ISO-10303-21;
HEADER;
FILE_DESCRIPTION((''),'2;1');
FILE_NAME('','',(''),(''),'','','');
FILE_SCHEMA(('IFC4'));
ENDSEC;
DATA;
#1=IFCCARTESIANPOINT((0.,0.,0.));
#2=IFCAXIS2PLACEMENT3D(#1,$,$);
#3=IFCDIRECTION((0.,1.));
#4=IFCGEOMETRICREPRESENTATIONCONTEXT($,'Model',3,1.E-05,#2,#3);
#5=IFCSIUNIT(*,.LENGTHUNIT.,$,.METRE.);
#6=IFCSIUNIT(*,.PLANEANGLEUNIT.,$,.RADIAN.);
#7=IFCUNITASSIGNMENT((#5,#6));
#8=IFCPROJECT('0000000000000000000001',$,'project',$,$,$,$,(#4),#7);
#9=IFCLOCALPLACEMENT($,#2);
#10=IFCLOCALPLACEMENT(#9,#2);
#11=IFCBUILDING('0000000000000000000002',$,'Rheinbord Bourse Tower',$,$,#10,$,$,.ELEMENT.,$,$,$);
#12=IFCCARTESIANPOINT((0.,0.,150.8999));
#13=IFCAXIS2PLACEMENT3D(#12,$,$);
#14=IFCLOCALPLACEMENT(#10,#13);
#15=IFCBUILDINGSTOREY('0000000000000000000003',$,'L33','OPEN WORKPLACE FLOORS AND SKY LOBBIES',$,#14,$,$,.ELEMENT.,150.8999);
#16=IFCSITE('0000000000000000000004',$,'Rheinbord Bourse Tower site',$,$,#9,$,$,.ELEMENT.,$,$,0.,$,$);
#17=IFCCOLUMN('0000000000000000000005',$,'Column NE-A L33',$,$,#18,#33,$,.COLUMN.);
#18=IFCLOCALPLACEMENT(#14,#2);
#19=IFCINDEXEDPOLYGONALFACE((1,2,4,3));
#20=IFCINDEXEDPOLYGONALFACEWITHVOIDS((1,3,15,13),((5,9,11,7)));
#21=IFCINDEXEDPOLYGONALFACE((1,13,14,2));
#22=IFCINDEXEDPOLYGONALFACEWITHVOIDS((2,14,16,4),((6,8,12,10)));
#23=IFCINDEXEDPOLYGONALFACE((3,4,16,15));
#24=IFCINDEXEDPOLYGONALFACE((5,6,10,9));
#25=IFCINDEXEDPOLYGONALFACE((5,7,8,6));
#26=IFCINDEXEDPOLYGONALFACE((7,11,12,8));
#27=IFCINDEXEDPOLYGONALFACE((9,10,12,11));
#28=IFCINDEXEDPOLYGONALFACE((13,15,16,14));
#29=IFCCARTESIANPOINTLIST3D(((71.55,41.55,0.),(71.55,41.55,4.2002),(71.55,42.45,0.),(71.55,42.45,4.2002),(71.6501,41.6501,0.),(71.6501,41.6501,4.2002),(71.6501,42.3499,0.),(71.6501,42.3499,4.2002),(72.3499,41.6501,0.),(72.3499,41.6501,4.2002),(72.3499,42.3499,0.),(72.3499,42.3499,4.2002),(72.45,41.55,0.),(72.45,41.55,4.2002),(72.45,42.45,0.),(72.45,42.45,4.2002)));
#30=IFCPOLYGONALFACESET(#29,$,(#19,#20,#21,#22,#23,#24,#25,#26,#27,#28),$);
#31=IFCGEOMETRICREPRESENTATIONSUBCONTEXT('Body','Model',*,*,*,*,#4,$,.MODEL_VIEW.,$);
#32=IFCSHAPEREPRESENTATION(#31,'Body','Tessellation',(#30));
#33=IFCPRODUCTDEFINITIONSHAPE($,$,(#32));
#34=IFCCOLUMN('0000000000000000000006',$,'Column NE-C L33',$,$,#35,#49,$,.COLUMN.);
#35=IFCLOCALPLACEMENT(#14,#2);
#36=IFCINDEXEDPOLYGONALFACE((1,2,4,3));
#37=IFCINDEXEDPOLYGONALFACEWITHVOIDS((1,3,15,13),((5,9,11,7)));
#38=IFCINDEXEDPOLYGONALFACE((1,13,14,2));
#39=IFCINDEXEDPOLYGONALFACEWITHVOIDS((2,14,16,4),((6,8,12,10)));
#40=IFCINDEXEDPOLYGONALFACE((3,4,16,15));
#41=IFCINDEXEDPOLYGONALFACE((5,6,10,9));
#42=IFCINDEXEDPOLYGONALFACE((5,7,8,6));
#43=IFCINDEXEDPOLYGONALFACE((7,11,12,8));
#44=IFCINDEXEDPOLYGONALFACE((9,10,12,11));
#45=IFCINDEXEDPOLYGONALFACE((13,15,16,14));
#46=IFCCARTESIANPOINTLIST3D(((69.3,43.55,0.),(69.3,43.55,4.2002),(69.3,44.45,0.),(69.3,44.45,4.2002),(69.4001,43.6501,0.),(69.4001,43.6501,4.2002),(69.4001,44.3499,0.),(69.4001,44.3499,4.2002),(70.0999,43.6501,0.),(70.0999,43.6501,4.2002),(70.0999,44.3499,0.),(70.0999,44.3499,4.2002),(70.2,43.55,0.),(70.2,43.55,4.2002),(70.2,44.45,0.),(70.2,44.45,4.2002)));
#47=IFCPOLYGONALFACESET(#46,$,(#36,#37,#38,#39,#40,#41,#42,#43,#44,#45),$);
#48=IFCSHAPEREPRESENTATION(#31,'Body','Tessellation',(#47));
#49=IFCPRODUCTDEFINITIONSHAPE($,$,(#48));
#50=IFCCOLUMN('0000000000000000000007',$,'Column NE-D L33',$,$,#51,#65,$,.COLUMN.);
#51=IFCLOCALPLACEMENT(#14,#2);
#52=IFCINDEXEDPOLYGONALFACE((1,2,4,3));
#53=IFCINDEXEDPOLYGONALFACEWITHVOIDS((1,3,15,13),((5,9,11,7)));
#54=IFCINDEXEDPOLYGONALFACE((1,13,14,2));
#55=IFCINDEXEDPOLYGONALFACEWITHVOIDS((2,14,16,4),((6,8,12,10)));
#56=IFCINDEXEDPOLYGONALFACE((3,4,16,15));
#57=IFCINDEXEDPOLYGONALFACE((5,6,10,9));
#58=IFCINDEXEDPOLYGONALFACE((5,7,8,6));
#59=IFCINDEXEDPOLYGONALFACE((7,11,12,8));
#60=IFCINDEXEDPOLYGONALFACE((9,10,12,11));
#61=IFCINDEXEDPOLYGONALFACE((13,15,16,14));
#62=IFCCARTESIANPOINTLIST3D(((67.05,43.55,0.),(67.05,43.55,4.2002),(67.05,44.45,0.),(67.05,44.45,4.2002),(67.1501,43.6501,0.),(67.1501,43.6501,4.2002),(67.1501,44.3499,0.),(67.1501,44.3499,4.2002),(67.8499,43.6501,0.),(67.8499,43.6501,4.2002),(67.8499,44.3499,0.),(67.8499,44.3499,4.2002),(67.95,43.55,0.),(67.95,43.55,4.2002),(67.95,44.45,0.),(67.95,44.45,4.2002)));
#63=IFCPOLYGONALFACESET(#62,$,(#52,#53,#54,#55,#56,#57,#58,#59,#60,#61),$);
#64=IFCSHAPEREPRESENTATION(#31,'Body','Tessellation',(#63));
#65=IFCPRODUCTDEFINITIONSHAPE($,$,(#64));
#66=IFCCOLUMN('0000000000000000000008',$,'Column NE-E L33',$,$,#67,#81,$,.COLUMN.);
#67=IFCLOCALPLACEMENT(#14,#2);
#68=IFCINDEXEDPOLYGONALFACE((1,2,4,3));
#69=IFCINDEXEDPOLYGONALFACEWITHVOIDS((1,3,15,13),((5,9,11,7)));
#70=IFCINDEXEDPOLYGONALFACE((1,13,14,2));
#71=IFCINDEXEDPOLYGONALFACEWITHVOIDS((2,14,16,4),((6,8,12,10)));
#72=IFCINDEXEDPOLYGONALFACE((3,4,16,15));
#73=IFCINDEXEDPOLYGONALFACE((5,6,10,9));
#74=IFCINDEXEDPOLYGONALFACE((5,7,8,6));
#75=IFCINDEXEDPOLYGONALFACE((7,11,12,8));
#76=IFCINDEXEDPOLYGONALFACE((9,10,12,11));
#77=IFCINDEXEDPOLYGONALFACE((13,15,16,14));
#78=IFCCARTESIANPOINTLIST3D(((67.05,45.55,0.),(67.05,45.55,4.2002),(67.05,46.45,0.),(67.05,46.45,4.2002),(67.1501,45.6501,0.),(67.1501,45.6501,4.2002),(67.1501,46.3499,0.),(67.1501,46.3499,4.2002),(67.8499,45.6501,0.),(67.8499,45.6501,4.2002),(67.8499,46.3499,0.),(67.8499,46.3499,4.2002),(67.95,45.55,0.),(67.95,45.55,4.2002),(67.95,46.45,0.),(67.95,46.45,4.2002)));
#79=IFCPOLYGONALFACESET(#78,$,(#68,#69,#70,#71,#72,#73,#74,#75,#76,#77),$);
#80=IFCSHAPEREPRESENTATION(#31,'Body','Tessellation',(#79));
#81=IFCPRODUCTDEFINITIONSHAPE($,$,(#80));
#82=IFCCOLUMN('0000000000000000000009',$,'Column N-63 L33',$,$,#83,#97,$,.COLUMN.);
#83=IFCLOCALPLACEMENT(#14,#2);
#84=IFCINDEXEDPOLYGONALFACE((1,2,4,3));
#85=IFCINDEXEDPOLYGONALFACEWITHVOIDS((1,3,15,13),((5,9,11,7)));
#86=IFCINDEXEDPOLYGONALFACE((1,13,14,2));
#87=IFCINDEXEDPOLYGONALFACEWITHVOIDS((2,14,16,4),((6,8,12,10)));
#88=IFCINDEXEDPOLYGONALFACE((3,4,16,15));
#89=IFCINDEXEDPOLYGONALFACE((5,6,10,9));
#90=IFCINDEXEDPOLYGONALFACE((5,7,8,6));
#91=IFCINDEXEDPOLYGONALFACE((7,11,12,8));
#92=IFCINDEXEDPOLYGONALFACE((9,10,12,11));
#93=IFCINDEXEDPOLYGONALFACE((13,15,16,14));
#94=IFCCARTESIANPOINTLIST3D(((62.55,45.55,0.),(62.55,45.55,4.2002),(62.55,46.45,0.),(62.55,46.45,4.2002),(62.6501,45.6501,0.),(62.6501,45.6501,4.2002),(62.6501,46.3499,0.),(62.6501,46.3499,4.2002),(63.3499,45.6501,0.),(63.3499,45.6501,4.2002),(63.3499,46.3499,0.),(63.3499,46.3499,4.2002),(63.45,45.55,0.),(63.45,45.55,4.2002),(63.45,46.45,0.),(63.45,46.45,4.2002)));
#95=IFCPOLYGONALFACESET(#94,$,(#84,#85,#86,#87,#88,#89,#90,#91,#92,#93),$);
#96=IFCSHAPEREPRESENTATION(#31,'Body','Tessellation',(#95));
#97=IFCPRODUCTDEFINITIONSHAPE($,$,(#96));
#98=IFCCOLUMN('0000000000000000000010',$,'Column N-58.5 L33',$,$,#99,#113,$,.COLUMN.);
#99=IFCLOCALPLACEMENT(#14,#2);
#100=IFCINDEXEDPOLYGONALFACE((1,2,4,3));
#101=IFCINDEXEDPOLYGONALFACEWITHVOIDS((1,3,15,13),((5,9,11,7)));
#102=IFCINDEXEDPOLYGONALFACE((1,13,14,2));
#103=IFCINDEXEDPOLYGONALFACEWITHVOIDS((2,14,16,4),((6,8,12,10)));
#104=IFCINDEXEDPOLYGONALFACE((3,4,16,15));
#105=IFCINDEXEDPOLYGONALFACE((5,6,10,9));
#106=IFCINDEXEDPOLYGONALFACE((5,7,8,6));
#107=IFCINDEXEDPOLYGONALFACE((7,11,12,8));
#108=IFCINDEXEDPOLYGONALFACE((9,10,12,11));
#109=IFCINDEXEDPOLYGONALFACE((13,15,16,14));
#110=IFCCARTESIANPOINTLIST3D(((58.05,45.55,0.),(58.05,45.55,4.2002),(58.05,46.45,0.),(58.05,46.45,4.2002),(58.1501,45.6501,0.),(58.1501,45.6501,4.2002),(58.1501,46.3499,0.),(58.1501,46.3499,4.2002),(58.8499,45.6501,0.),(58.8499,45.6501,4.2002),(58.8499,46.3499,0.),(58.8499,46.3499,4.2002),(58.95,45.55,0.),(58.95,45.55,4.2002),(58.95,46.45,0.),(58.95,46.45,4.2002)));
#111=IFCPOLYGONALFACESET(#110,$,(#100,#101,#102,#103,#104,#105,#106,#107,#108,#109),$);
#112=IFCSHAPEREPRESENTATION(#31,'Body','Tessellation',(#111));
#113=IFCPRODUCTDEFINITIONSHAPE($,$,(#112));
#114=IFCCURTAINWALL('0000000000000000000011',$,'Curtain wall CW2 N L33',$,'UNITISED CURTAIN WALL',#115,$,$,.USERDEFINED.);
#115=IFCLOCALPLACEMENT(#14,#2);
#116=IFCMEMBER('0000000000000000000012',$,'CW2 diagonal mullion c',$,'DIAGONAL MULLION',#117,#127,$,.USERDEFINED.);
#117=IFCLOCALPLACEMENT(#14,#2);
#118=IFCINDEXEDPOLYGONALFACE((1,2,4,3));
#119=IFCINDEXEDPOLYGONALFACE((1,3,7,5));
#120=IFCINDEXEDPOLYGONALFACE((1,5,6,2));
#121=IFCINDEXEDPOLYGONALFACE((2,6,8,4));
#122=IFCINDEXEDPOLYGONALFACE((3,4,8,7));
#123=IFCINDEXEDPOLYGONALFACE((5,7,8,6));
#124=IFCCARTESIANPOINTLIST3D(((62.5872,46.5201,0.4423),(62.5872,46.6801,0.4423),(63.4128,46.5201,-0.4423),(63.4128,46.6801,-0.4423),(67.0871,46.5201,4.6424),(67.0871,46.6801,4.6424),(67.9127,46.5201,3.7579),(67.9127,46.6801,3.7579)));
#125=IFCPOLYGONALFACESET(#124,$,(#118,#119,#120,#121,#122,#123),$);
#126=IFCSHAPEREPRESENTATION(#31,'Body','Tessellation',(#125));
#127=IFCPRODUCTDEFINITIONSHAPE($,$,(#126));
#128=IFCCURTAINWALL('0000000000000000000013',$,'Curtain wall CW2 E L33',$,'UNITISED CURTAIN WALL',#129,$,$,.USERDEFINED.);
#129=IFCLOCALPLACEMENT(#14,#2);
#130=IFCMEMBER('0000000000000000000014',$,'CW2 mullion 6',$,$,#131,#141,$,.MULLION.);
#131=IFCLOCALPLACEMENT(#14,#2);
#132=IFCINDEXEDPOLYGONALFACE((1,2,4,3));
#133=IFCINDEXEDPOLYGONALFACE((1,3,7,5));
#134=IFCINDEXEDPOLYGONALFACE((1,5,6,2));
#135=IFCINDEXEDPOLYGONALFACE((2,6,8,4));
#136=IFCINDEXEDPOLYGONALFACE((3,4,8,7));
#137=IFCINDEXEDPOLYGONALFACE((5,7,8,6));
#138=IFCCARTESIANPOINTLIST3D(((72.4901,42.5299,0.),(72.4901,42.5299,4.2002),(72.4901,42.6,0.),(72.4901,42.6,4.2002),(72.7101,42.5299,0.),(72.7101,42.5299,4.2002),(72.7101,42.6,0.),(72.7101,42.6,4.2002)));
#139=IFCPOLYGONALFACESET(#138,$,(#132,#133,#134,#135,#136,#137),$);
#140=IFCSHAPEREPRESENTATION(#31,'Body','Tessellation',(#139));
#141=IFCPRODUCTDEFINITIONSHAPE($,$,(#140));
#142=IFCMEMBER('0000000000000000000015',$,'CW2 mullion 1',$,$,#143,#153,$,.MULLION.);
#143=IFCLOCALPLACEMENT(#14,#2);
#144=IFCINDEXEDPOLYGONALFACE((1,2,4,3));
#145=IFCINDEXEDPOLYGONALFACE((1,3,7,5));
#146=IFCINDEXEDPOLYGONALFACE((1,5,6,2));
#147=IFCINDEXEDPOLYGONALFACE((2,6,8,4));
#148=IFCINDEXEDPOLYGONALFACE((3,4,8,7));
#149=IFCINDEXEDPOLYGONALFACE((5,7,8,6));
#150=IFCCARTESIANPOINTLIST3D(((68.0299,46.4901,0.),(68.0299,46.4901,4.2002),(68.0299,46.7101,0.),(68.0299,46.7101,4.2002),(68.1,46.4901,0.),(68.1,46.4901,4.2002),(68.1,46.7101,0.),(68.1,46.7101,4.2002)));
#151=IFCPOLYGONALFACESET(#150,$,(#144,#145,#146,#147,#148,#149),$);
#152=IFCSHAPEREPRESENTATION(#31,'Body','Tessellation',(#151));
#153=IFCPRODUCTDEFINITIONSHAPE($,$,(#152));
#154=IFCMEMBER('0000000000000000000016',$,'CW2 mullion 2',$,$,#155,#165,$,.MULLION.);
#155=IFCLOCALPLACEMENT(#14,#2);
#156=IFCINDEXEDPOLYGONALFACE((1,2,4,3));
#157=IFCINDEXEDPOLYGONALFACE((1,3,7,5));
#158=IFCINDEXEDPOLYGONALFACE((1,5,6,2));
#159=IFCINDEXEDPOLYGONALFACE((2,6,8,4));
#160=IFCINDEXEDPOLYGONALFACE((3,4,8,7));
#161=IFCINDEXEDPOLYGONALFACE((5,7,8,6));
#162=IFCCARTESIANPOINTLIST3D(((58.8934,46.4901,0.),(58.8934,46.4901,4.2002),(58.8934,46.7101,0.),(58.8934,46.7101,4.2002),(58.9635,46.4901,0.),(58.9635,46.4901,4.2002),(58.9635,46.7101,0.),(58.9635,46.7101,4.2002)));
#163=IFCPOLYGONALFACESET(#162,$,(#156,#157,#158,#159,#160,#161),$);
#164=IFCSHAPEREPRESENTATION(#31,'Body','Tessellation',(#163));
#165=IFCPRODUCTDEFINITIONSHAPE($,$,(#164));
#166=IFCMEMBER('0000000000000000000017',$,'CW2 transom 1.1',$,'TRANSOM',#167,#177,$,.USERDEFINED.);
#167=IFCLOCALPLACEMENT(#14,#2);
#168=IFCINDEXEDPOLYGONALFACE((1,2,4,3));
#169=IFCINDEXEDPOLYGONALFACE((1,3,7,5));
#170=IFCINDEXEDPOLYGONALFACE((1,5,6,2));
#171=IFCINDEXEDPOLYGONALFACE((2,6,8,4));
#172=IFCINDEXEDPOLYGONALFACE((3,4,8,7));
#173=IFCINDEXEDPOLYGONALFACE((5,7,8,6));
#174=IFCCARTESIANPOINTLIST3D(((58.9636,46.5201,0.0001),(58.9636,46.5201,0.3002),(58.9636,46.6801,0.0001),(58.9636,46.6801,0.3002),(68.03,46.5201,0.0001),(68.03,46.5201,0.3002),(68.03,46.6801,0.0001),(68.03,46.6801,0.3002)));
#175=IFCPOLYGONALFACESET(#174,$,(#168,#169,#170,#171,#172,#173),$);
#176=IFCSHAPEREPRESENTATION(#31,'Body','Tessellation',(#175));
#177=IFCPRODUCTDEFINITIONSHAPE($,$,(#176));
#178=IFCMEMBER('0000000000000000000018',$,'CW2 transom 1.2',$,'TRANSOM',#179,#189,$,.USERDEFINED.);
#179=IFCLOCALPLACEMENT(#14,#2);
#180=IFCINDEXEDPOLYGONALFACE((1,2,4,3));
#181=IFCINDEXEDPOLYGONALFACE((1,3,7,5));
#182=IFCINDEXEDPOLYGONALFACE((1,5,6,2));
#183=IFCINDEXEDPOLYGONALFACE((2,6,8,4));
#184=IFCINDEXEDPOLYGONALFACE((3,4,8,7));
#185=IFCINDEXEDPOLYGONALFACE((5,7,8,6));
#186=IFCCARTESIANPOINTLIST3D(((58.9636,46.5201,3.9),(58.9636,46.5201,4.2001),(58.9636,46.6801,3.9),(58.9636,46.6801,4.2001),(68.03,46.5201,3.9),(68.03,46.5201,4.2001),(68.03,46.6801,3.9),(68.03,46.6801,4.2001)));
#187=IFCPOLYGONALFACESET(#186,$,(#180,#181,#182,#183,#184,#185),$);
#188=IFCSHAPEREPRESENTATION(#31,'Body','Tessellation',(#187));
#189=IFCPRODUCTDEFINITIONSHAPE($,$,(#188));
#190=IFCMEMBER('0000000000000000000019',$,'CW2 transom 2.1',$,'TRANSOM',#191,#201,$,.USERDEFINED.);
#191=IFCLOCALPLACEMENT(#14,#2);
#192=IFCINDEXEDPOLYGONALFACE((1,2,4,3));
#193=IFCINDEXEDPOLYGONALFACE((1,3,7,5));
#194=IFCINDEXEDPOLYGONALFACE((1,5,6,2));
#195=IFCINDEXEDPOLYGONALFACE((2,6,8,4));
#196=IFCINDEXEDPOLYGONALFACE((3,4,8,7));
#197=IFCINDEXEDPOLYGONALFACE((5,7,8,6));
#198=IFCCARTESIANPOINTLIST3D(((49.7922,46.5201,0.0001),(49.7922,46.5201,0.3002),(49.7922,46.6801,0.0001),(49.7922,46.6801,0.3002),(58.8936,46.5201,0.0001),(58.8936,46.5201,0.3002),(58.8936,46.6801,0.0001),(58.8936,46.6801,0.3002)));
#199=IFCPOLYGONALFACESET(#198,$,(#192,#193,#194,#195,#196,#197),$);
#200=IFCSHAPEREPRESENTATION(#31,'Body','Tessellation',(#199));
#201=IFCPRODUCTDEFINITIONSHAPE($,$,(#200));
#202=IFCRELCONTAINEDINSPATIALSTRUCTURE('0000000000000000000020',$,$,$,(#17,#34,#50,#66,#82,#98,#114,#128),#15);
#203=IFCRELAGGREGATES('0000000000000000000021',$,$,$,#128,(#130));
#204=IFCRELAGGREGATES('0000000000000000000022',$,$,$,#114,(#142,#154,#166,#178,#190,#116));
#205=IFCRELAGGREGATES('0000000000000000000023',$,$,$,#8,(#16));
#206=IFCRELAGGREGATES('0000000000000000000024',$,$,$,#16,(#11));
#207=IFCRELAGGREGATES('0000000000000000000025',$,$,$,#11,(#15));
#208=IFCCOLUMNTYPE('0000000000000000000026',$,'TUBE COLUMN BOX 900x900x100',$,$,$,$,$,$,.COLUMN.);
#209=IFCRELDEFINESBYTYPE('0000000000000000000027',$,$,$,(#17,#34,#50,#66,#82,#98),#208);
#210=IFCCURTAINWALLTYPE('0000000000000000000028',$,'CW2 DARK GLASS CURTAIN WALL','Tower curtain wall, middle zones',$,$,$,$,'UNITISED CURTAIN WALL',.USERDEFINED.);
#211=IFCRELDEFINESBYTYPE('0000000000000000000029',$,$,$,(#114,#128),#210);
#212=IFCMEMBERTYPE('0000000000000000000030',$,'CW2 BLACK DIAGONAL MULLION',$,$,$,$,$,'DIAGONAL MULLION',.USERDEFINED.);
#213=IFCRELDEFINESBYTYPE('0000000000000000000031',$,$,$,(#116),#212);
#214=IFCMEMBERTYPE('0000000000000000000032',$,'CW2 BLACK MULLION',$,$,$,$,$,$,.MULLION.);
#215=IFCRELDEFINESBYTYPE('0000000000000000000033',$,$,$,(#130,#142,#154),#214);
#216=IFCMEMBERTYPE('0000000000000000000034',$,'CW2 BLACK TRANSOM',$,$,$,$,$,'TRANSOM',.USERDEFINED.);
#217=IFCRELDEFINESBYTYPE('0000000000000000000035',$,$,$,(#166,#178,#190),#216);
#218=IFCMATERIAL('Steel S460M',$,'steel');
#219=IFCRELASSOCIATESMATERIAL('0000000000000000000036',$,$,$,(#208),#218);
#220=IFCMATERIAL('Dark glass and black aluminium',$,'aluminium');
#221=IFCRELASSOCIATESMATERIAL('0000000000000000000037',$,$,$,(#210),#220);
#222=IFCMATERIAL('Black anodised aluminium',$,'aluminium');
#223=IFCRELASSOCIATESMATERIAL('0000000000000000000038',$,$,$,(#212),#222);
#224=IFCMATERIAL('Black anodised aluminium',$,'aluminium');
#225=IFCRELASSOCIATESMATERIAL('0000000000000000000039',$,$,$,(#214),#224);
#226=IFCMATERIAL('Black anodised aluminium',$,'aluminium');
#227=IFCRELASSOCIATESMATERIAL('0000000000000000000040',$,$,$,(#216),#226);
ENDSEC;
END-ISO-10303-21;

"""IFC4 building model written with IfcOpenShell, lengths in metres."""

from ifc_helpers import new_model, si_unit, direction, frame, origin, origin_2d, place, context, subcontext, project, spatial, rectangle, hollow_rectangle, extrude, material, material_profile, profile_set, type_object, element, aggregate, save


model = new_model("IFC4")

# Units and contexts
model_context = context("Model", 3, precision=1e-05, world=origin(), true_north=direction((0.0, 1.0)))
body_context = subcontext(model_context, "Body", "Model", "MODEL_VIEW")
ifc_project = project(units=[si_unit("LENGTHUNIT", "METRE"), si_unit("PLANEANGLEUNIT", "RADIAN")], contexts=[model_context])

# Site, building, storey
site_placement = place(None, origin())
site = spatial("IfcSite", under=ifc_project, at=site_placement, Name="Rheinbord Bourse Tower site", CompositionType="ELEMENT", RefElevation=0.0)
building_placement = place(site_placement, origin())
building = spatial("IfcBuilding", under=site, at=building_placement, Name="Rheinbord Bourse Tower", CompositionType="ELEMENT")
storey_placement = place(building_placement, frame((0.0, 0.0, 150.8999)))
storey = spatial("IfcBuildingStorey", under=building, at=storey_placement, Name="L33", Description="OPEN WORKPLACE FLOORS AND SKY LOBBIES", CompositionType="ELEMENT", Elevation=150.8999)

# Columns
ifc_material_1 = material(Name="Steel S460M", Category="steel")
ifc_material_profile_1 = material_profile(ifc_material_1, hollow_rectangle(XDim=0.8999, YDim=0.8999, WallThickness=0.1001, at=origin_2d()), Name="BOX 900x900x100")
ifc_profile_set_1 = profile_set([ifc_material_profile_1], Name="Steel S460M")
column_type = type_object("IfcColumnType", Name="TUBE COLUMN BOX 900x900x100", PredefinedType="COLUMN", material=ifc_profile_set_1)
for number, where, z_axis, x_axis, name in (
    (1, (72.0, 42.0, 0.0), (0.0, 0.0, 1.0), (1.0, 0.0, 0.0), "Column NE-A L33"),
    (2, (69.75, 44.0, 0.0), (0.0, 0.0, 1.0), (1.0, 0.0, 0.0), "Column NE-C L33"),
    (3, (67.5, 44.0, 0.0), (0.0, 0.0, 1.0), (0.0, 1.0, 0.0), "Column NE-D L33"),
    (4, (67.5, 46.0, 0.0), (0.0, 0.0, 1.0), (0.0, 1.0, 0.0), "Column NE-E L33"),
    (5, (63.0, 46.0, 0.0), (0.0, 0.0, 1.0), (0.0, 1.0, 0.0), "Column N-63 L33"),
    (6, (58.5, 46.0, 0.0), (0.0, 0.0, 1.0), (0.0, 1.0, 0.0), "Column N-58.5 L33"),
):
    element("IfcColumn", number, at=place(storey_placement, frame(where, z_axis=z_axis, x_axis=x_axis)), inside=storey, type_object=column_type, Name=name, PredefinedType="COLUMN", context=body_context, shape_type="SweptSolid", body=[
        extrude(hollow_rectangle(XDim=0.8999, YDim=0.8999, WallThickness=0.1001, at=origin_2d()), origin(), (0.0, 0.0, 1.0), 4.2002),
    ])

# Curtain walls, members
ifc_material_2 = material(Name="Dark glass and black aluminium", Category="aluminium")
curtain_wall_type = type_object("IfcCurtainWallType", Name="CW2 DARK GLASS CURTAIN WALL", Description="Tower curtain wall, middle zones", ElementType="UNITISED CURTAIN WALL", PredefinedType="USERDEFINED", material=ifc_material_2)
curtain_wall_1_placement = place(storey_placement, origin())
curtain_wall_1 = element("IfcCurtainWall", 7, at=curtain_wall_1_placement, inside=storey, type_object=curtain_wall_type, Name="Curtain wall CW2 N L33", ObjectType="UNITISED CURTAIN WALL", PredefinedType="USERDEFINED")
ifc_material_3 = material(Name="Black anodised aluminium", Category="aluminium")
ifc_material_profile_2 = material_profile(ifc_material_3, rectangle(XDim=0.1599, YDim=1.21, at=origin_2d()), Name="CW2 DIAGONAL MULLION 1210x160")
ifc_profile_set_2 = profile_set([ifc_material_profile_2], Name="Black anodised aluminium")
member_type_1 = type_object("IfcMemberType", Name="CW2 BLACK DIAGONAL MULLION", ElementType="DIAGONAL MULLION", PredefinedType="USERDEFINED", material=ifc_profile_set_2)
member_1_placement = place(storey_placement, frame((63.0, 46.6001, 0.0), z_axis=(0.731039, 0.0, 0.682335), x_axis=(0.0, 1.0, 0.0)))
member_1 = element("IfcMember", 8, at=member_1_placement, type_object=member_type_1, Name="CW2 diagonal mullion c", ObjectType="DIAGONAL MULLION", PredefinedType="USERDEFINED", context=body_context, shape_type="SweptSolid", body=[
    extrude(rectangle(XDim=0.1599, YDim=1.21, at=origin_2d()), origin(), (0.0, 0.0, 1.0), 6.1555),
])
curtain_wall_2_placement = place(storey_placement, origin())
curtain_wall_2 = element("IfcCurtainWall", 9, at=curtain_wall_2_placement, inside=storey, type_object=curtain_wall_type, Name="Curtain wall CW2 E L33", ObjectType="UNITISED CURTAIN WALL", PredefinedType="USERDEFINED")
ifc_material_4 = material(Name="Black anodised aluminium", Category="aluminium")
ifc_material_profile_3 = material_profile(ifc_material_4, rectangle(XDim=0.22, YDim=0.0701, at=origin_2d()), Name="CW2 MULLION 70x220")
ifc_profile_set_3 = profile_set([ifc_material_profile_3], Name="Black anodised aluminium")
member_type_2 = type_object("IfcMemberType", Name="CW2 BLACK MULLION", PredefinedType="MULLION", material=ifc_profile_set_3)
member_2_placement = place(storey_placement, frame((72.6001, 42.5649, 0.0), z_axis=(0.0, 0.0, 1.0), x_axis=(-1.0, 0.0, 0.0)))
member_2 = element("IfcMember", 10, at=member_2_placement, type_object=member_type_2, Name="CW2 mullion 6", PredefinedType="MULLION", context=body_context, shape_type="SweptSolid", body=[
    extrude(rectangle(XDim=0.22, YDim=0.0701, at=origin_2d()), origin(), (0.0, 0.0, 1.0), 4.2002),
])

# Members
member_3_placement = place(storey_placement, frame((68.0649, 46.6001, 0.0), z_axis=(0.0, 0.0, 1.0), x_axis=(0.0, -1.0, 0.0)))
member_3 = element("IfcMember", 11, at=member_3_placement, type_object=member_type_2, Name="CW2 mullion 1", PredefinedType="MULLION", context=body_context, shape_type="SweptSolid", body=[
    extrude(rectangle(XDim=0.22, YDim=0.0701, at=origin_2d()), origin(), (0.0, 0.0, 1.0), 4.2002),
])
member_4_placement = place(storey_placement, frame((58.9285, 46.6001, 0.0), z_axis=(0.0, 0.0, 1.0), x_axis=(0.0, -1.0, 0.0)))
member_4 = element("IfcMember", 12, at=member_4_placement, type_object=member_type_2, Name="CW2 mullion 2", PredefinedType="MULLION", context=body_context, shape_type="SweptSolid", body=[
    extrude(rectangle(XDim=0.22, YDim=0.0701, at=origin_2d()), origin(), (0.0, 0.0, 1.0), 4.2002),
])
ifc_material_5 = material(Name="Black anodised aluminium", Category="aluminium")
ifc_material_profile_4 = material_profile(ifc_material_5, rectangle(XDim=0.1599, YDim=0.3, at=origin_2d()), Name="CW2 TRANSOM 300x160")
ifc_profile_set_4 = profile_set([ifc_material_profile_4], Name="Black anodised aluminium")
member_type_3 = type_object("IfcMemberType", Name="CW2 BLACK TRANSOM", ElementType="TRANSOM", PredefinedType="USERDEFINED", material=ifc_profile_set_4)
member_5_placement = place(storey_placement, frame((68.03, 46.6001, 0.1501), z_axis=(-1.0, 0.0, 0.0), x_axis=(0.0, -1.0, 0.0)))
member_5 = element("IfcMember", 13, at=member_5_placement, type_object=member_type_3, Name="CW2 transom 1.1", ObjectType="TRANSOM", PredefinedType="USERDEFINED", context=body_context, shape_type="SweptSolid", body=[
    extrude(rectangle(XDim=0.1599, YDim=0.3, at=origin_2d()), origin(), (0.0, 0.0, 1.0), 9.0664),
])
member_6_placement = place(storey_placement, frame((68.03, 46.6001, 4.05), z_axis=(-1.0, 0.0, 0.0), x_axis=(0.0, -1.0, 0.0)))
member_6 = element("IfcMember", 14, at=member_6_placement, type_object=member_type_3, Name="CW2 transom 1.2", ObjectType="TRANSOM", PredefinedType="USERDEFINED", context=body_context, shape_type="SweptSolid", body=[
    extrude(rectangle(XDim=0.1599, YDim=0.3, at=origin_2d()), origin(), (0.0, 0.0, 1.0), 9.0664),
])
member_7_placement = place(storey_placement, frame((58.8936, 46.6001, 0.1501), z_axis=(-1.0, 0.0, 0.0), x_axis=(0.0, -1.0, 0.0)))
member_7 = element("IfcMember", 15, at=member_7_placement, type_object=member_type_3, Name="CW2 transom 2.1", ObjectType="TRANSOM", PredefinedType="USERDEFINED", context=body_context, shape_type="SweptSolid", body=[
    extrude(rectangle(XDim=0.1599, YDim=0.3, at=origin_2d()), origin(), (0.0, 0.0, 1.0), 9.1013),
])

aggregate(curtain_wall_2, [member_2])
aggregate(curtain_wall_1, [member_3, member_4, member_5, member_6, member_7, member_1])

save(model, "model.ifc")
